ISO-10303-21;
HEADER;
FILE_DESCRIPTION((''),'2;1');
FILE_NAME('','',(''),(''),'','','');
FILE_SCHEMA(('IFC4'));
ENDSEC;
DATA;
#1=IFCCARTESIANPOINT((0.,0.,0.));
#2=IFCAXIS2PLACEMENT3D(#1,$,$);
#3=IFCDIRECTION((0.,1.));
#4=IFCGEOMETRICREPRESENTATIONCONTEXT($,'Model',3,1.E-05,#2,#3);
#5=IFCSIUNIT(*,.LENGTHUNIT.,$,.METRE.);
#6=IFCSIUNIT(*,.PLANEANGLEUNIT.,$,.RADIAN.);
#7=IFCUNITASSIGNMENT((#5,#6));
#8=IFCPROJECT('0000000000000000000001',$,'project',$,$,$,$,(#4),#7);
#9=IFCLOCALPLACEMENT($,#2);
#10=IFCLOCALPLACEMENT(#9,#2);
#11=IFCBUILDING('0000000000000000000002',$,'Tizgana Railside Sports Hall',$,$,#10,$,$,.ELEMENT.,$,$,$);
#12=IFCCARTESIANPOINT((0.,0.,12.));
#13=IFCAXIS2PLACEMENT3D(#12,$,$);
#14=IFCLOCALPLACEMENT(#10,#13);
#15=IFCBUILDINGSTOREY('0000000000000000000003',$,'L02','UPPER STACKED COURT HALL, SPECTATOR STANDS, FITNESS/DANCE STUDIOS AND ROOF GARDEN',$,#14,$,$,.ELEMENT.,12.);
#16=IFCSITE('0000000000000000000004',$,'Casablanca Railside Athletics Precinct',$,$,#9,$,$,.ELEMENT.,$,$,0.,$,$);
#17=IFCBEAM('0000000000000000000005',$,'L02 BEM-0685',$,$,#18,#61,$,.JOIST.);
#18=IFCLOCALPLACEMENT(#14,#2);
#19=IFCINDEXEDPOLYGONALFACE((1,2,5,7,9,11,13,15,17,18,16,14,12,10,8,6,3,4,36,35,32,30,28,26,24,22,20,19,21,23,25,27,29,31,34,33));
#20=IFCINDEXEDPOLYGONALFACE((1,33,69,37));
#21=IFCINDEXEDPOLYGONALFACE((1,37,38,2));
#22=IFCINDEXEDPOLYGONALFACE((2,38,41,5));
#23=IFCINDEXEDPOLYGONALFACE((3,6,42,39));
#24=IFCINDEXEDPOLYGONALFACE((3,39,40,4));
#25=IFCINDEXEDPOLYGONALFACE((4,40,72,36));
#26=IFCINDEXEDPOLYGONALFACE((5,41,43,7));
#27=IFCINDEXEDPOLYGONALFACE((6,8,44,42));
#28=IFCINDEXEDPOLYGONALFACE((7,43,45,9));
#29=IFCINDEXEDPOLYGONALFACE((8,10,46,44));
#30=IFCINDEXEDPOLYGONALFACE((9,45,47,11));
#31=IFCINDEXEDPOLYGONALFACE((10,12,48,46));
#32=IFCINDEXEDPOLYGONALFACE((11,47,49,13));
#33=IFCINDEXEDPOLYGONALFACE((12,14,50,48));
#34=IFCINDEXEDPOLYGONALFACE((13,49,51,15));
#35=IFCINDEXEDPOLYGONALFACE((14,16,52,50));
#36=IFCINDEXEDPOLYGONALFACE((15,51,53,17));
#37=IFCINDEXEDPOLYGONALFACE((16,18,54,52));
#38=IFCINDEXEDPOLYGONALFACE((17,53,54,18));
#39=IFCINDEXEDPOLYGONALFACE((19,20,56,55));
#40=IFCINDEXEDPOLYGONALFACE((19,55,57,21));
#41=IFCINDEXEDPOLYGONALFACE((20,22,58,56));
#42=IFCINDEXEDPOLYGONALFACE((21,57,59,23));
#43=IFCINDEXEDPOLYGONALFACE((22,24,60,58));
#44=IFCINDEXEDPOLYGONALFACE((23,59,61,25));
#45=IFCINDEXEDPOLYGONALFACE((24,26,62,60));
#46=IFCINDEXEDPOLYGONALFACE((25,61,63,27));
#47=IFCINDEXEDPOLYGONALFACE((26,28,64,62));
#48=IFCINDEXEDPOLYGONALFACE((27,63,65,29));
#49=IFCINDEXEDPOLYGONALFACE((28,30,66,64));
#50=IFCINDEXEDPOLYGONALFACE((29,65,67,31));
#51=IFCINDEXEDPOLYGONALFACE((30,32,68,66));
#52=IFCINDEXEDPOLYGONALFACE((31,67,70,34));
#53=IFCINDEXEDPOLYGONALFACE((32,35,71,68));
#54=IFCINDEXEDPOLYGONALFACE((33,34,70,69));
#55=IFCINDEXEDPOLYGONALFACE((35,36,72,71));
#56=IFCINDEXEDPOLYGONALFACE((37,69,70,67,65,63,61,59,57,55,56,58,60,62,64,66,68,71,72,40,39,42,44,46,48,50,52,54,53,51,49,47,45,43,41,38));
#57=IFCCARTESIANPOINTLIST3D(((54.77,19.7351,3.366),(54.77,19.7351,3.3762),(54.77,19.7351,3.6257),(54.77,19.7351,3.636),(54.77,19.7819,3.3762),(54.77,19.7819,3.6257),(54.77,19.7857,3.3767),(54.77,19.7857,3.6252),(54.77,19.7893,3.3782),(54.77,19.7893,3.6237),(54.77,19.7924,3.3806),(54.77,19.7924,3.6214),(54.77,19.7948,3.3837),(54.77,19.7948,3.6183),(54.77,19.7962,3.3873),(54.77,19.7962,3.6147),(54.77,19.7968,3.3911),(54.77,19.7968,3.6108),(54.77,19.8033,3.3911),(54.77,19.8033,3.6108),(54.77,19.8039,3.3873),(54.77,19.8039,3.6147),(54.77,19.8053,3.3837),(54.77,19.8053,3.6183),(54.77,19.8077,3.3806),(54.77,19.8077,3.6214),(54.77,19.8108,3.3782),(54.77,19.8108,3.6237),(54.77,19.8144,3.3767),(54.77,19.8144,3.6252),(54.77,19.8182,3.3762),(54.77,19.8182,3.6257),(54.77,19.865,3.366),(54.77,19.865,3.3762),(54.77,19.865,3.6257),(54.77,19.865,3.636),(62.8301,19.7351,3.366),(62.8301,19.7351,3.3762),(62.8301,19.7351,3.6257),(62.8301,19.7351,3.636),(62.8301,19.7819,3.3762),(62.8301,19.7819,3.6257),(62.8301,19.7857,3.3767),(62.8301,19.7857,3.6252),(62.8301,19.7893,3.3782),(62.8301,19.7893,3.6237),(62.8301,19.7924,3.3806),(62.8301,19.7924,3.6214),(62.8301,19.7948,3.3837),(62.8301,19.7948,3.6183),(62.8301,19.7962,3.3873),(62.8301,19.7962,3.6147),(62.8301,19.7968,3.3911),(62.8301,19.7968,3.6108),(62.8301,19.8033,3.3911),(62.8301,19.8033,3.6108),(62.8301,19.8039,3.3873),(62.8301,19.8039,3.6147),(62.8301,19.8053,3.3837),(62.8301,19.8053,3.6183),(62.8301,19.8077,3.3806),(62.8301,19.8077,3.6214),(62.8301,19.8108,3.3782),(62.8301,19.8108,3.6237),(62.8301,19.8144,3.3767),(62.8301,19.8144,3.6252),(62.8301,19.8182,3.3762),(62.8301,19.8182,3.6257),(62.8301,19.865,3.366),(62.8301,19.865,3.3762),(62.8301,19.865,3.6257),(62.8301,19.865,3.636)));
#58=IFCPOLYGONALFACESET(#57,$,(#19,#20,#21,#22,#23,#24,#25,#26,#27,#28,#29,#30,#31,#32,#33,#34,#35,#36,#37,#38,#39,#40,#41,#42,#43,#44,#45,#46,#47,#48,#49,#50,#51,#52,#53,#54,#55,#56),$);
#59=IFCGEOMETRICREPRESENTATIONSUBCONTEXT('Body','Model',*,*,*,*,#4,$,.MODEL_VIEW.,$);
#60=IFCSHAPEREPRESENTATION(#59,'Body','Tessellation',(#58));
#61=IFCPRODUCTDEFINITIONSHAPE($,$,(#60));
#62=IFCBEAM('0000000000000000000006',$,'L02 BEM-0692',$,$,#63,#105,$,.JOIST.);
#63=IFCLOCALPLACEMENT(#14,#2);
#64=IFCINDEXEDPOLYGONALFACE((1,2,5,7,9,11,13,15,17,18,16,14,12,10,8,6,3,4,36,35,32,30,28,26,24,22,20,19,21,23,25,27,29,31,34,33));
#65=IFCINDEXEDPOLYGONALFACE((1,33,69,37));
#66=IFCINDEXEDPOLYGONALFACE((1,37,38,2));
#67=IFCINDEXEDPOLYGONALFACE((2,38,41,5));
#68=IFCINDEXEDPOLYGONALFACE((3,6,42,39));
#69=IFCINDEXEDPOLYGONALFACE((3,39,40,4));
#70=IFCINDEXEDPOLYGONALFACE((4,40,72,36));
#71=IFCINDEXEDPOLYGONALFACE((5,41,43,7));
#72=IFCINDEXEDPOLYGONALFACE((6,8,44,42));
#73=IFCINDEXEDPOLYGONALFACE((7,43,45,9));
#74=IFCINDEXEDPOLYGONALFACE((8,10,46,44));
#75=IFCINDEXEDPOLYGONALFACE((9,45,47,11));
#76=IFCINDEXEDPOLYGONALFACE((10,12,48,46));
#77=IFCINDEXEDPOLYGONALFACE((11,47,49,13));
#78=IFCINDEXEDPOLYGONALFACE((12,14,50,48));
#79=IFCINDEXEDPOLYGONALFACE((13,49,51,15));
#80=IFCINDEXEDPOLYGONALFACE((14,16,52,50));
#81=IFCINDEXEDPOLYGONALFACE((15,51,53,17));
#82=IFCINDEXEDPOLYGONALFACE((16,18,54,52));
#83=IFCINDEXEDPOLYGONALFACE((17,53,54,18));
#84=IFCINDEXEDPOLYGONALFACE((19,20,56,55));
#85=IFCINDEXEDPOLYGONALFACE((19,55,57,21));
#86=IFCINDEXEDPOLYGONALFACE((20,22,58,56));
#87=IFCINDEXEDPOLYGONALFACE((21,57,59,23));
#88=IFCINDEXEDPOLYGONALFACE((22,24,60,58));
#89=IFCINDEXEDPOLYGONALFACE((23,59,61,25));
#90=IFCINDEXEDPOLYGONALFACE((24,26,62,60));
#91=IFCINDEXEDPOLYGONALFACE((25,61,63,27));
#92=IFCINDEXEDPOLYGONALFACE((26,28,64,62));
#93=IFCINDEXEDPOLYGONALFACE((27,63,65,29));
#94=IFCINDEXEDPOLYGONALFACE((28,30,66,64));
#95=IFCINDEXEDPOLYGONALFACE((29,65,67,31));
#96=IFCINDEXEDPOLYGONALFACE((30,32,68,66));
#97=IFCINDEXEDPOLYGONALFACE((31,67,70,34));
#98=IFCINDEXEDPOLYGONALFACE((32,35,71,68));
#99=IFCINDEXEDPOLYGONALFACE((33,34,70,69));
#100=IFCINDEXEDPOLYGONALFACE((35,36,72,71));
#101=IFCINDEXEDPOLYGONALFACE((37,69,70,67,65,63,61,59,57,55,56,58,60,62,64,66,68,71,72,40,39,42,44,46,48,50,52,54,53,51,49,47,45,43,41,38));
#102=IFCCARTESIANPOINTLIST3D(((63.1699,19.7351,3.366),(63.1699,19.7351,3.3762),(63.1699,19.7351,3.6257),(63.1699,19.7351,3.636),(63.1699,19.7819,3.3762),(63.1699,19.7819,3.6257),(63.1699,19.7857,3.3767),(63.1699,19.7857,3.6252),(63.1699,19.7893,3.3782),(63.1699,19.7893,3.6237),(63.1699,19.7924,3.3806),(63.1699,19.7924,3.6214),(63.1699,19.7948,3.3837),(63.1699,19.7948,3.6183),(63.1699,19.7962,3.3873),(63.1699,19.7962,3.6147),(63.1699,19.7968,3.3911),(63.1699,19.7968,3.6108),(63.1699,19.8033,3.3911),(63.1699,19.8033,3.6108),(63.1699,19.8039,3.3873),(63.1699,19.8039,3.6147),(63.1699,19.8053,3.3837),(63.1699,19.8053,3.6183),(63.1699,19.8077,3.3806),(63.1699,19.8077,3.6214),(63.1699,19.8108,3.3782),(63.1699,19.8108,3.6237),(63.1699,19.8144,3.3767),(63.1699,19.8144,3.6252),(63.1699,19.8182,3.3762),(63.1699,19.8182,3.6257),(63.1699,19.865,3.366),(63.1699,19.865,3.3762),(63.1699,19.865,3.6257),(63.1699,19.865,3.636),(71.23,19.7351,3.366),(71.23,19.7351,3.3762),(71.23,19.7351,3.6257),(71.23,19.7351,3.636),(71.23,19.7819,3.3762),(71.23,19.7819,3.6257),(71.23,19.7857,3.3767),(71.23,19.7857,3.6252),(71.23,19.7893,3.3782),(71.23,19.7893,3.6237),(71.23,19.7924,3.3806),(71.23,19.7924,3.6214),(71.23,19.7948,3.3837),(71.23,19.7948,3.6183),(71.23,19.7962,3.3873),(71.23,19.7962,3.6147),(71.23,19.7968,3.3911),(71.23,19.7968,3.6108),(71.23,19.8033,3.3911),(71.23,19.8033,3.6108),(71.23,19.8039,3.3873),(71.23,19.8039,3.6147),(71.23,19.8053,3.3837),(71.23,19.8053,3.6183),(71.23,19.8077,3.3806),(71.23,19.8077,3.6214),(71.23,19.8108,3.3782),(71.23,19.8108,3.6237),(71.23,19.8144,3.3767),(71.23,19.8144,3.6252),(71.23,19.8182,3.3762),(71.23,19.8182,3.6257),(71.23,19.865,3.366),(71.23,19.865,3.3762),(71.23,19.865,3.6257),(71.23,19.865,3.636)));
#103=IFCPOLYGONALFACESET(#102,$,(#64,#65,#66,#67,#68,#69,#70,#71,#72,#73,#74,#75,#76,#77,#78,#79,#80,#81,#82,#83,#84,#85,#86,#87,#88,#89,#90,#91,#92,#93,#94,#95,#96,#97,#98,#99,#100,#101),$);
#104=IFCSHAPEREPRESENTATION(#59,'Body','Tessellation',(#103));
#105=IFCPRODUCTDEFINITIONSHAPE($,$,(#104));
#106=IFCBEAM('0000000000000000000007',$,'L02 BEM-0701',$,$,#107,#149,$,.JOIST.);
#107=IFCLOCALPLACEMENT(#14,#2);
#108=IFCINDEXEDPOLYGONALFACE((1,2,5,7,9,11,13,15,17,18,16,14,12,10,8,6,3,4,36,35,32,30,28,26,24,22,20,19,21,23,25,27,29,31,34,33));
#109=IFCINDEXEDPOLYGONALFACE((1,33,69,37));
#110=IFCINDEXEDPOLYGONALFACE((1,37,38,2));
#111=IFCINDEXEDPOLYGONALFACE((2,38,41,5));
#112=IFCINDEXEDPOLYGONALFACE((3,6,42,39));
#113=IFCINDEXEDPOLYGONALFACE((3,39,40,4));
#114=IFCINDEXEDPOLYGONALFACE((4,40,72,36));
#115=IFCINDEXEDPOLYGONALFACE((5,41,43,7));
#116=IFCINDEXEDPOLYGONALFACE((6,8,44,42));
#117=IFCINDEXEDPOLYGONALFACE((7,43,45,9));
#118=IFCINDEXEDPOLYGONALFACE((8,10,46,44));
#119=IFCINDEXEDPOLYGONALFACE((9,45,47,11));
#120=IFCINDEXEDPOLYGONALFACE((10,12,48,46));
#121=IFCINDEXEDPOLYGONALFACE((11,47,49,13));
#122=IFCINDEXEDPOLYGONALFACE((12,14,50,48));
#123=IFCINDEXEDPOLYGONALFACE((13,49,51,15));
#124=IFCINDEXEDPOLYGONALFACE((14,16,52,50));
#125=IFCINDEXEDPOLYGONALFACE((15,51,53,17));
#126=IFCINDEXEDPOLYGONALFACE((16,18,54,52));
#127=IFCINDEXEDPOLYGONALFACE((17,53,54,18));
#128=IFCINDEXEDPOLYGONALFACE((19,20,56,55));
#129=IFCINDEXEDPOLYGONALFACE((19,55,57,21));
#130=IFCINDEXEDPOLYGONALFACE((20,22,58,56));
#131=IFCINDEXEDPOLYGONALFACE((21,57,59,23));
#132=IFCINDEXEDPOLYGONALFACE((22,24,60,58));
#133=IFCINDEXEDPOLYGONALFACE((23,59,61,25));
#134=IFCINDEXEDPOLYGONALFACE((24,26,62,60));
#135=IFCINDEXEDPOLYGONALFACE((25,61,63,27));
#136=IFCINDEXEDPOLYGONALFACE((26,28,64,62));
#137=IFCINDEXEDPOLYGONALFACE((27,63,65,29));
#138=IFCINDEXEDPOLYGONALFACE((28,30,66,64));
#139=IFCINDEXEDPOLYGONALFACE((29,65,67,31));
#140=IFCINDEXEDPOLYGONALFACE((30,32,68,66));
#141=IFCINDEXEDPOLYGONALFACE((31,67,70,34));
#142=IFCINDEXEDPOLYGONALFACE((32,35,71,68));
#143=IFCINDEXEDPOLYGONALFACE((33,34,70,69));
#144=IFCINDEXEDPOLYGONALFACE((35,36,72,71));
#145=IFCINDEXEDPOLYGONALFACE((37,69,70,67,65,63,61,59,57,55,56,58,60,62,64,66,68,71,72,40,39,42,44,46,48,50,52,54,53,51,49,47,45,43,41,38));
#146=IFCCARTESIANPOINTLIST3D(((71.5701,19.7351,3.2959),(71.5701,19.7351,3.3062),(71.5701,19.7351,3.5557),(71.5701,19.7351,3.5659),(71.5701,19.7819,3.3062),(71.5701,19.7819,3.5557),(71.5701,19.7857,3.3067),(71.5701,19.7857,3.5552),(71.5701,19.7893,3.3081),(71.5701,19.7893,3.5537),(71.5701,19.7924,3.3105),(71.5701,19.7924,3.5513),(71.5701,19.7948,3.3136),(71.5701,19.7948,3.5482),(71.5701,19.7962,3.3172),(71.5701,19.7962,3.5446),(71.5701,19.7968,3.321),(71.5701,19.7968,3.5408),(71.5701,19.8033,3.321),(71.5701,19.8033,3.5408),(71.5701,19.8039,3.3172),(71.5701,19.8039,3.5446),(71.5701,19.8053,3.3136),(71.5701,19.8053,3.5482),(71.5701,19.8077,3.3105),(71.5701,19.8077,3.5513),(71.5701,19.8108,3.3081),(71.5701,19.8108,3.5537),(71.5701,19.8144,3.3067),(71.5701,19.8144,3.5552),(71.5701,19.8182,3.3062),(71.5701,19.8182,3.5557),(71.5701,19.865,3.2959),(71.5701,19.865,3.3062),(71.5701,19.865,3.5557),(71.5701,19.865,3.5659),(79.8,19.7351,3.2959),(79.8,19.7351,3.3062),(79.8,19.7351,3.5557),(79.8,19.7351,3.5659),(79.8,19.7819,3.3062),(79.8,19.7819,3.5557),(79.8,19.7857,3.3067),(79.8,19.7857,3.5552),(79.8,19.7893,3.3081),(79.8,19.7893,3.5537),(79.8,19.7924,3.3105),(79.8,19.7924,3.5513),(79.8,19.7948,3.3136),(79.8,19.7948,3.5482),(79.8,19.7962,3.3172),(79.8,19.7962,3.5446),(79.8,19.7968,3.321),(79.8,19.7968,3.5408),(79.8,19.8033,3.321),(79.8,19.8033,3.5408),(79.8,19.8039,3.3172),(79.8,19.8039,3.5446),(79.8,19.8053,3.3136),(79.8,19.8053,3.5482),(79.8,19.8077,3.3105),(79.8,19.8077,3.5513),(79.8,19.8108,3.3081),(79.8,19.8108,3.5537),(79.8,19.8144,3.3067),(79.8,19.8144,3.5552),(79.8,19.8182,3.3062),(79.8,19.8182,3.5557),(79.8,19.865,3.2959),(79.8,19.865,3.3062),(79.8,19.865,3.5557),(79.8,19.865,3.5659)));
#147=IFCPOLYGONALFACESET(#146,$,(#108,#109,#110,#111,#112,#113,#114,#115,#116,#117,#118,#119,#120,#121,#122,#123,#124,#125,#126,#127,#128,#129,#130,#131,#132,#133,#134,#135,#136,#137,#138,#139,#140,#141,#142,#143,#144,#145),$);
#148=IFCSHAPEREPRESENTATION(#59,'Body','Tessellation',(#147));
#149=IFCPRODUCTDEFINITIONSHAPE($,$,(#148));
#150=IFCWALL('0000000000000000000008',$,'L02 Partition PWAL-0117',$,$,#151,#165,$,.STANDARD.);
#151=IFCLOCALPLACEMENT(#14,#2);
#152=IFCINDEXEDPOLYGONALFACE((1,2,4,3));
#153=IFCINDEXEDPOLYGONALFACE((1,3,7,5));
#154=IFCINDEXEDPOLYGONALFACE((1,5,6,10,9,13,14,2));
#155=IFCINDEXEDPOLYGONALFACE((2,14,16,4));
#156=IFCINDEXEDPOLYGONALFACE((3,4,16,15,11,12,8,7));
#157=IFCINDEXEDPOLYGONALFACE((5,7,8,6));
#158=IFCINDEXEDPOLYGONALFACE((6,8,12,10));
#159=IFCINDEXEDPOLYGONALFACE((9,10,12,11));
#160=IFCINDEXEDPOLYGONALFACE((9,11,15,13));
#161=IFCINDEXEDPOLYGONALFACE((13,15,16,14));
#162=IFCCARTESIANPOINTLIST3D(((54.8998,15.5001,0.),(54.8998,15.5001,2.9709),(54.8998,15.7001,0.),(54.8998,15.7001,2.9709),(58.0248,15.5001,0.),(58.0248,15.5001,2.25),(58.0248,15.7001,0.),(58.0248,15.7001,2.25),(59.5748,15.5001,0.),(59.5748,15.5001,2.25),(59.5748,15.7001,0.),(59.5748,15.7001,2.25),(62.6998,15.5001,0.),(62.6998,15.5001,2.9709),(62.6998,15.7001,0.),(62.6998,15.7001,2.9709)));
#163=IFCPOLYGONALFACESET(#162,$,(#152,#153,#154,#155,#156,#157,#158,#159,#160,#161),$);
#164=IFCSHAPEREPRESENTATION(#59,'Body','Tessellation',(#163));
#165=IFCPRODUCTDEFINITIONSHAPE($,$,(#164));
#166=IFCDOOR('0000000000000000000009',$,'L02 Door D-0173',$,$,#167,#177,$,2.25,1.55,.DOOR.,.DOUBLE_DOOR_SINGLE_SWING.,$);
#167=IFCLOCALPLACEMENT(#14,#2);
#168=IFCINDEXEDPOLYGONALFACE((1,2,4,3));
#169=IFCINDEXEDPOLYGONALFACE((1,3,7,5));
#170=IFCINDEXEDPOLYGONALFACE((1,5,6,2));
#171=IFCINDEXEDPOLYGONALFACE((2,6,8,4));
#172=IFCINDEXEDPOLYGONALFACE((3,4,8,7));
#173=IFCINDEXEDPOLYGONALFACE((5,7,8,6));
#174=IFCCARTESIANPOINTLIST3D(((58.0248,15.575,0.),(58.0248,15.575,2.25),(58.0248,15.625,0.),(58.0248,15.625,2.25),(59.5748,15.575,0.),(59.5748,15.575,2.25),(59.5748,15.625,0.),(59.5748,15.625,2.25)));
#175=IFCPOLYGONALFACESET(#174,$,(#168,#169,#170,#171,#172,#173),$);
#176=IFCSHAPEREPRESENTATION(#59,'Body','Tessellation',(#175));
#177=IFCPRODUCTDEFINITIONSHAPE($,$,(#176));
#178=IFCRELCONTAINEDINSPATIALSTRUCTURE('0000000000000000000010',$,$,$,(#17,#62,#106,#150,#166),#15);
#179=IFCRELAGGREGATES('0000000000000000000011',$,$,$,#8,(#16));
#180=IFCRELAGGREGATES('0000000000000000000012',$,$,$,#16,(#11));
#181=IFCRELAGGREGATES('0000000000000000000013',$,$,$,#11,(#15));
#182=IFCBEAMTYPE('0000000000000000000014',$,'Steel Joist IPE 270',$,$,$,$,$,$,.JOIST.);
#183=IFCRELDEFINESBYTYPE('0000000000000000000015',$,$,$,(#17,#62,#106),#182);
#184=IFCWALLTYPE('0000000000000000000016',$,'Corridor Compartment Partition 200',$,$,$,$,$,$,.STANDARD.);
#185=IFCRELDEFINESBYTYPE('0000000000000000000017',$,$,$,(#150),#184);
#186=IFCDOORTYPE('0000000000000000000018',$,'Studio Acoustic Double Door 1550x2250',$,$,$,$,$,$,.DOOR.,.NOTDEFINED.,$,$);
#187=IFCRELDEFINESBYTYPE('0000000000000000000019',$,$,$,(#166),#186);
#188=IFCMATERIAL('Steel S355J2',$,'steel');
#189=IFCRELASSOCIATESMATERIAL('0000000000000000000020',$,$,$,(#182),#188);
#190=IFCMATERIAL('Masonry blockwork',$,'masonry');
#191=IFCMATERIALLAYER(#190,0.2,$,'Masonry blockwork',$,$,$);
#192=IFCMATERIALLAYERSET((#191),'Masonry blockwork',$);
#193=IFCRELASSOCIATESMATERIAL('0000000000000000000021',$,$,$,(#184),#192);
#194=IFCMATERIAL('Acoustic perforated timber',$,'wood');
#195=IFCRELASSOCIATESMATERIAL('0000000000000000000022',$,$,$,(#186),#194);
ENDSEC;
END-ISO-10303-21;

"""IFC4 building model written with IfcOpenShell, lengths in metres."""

from ifc_helpers import new_model, si_unit, direction, frame, frame_2d, origin, origin_2d, place, context, subcontext, project, spatial, rectangle, i_section, extrude, material, layer, layer_set, material_profile, profile_set, type_object, element, fill, save


model = new_model("IFC4")

# Units and contexts
model_context = context("Model", 3, precision=1e-05, world=origin(), true_north=direction((0.0, 1.0)))
body_context = subcontext(model_context, "Body", "Model", "MODEL_VIEW")
ifc_project = project(units=[si_unit("LENGTHUNIT", "METRE"), si_unit("PLANEANGLEUNIT", "RADIAN")], contexts=[model_context])

# Site, building, storey
site_placement = place(None, origin())
site = spatial("IfcSite", under=ifc_project, at=site_placement, Name="Casablanca Railside Athletics Precinct", CompositionType="ELEMENT", RefElevation=0.0)
building_placement = place(site_placement, origin())
building = spatial("IfcBuilding", under=site, at=building_placement, Name="Tizgana Railside Sports Hall", CompositionType="ELEMENT")
storey_placement = place(building_placement, frame((0.0, 0.0, 12.0)))
storey = spatial("IfcBuildingStorey", under=building, at=storey_placement, Name="L02", Description="UPPER STACKED COURT HALL, SPECTATOR STANDS, FITNESS/DANCE STUDIOS AND ROOF GARDEN", CompositionType="ELEMENT", Elevation=12.0)

# Shared definitions
ifc_material_1 = material(Name="Steel S355J2", Category="steel")

# Beams
ifc_material_profile_1 = material_profile(ifc_material_1, i_section(OverallWidth=0.1299, OverallDepth=0.27, WebThickness=0.0066, FlangeThickness=0.0103, FilletRadius=0.0149, at=origin_2d()), Name="IPE 270")
ifc_profile_set_1 = profile_set([ifc_material_profile_1], Name="Steel S355J2")
beam_type_1 = type_object("IfcBeamType", Name="Steel Joist IPE 270", PredefinedType="JOIST", material=ifc_profile_set_1)
for number, where, z_axis, x_axis, name in (
    (1, (54.77, 19.8, 3.501), (1.0, 0.0, 0.0), (0.0, 1.0, 0.0), "L02 BEM-0685"),
    (2, (63.1699, 19.8, 3.501), (1.0, 0.0, 0.0), (0.0, 1.0, 0.0), "L02 BEM-0692"),
):
    element("IfcBeam", number, at=place(storey_placement, frame(where, z_axis=z_axis, x_axis=x_axis)), inside=storey, type_object=beam_type_1, Name=name, PredefinedType="JOIST", context=body_context, shape_type="SweptSolid", body=[
        extrude(i_section(OverallWidth=0.1299, OverallDepth=0.27, WebThickness=0.0066, FlangeThickness=0.0103, FilletRadius=0.0149, at=origin_2d()), origin(), (0.0, 0.0, 1.0), 8.0601),
    ])
beam_1_placement = place(storey_placement, frame((71.5701, 19.8, 3.4309), z_axis=(1.0, 0.0, 0.0), x_axis=(0.0, 1.0, 0.0)))
element("IfcBeam", 3, at=beam_1_placement, inside=storey, type_object=beam_type_1, Name="L02 BEM-0701", PredefinedType="JOIST", context=body_context, shape_type="SweptSolid", body=[
    extrude(i_section(OverallWidth=0.1299, OverallDepth=0.27, WebThickness=0.0066, FlangeThickness=0.0103, FilletRadius=0.0149, at=origin_2d()), origin(), (0.0, 0.0, 1.0), 8.23),
])

# Wall, opening, door
ifc_material_2 = material(Name="Masonry blockwork", Category="masonry")
ifc_layer_1 = layer(ifc_material_2, 0.2, Name="Masonry blockwork")
ifc_layer_set_1 = layer_set([ifc_layer_1], Name="Masonry blockwork")
wall_type_1 = type_object("IfcWallType", Name="Corridor Compartment Partition 200", PredefinedType="STANDARD", material=ifc_layer_set_1)
wall_1_placement = place(storey_placement, frame((54.8999, 15.6001, 0.0), z_axis=(0.0, 0.0, 1.0), x_axis=(1.0, 0.0, 0.0)))
wall_1 = element("IfcWall", 4, at=wall_1_placement, inside=storey, type_object=wall_type_1, Name="L02 Partition PWAL-0117", PredefinedType="STANDARD", context=body_context, shape_type="SweptSolid", body=[
    extrude(rectangle(XDim=7.8, YDim=0.2, at=frame_2d((3.8999, 0.0))), origin(), (0.0, 0.0, 1.0), 2.9709),
])
opening_1_placement = place(wall_1_placement, frame((3.125, 0.0, 0.0)))
opening_1 = element("IfcOpeningElement", 5, at=opening_1_placement, cuts=wall_1, PredefinedType="OPENING", context=body_context, shape_type="SweptSolid", body=[
    extrude(rectangle(XDim=1.55, YDim=2.25, at=frame_2d((0.7749, 1.125))), frame((0.0, 0.1099, 0.0), z_axis=(0.0, -1.0, 0.0), x_axis=(1.0, 0.0, 0.0)), (0.0, 0.0, 1.0), 0.22),
])
ifc_material_3 = material(Name="Acoustic perforated timber", Category="wood")
door_type_1 = type_object("IfcDoorType", Name="Studio Acoustic Double Door 1550x2250", OperationType="NOTDEFINED", PredefinedType="DOOR", material=ifc_material_3)
door_1_placement = place(opening_1_placement, origin())
door_1 = element("IfcDoor", 6, at=door_1_placement, inside=storey, type_object=door_type_1, Name="L02 Door D-0173", OperationType="DOUBLE_DOOR_SINGLE_SWING", OverallHeight=2.25, OverallWidth=1.55, PredefinedType="DOOR", context=body_context, shape_type="SweptSolid", body=[
    extrude(rectangle(XDim=1.55, YDim=2.25, at=frame_2d((0.7749, 1.125))), frame((0.0, 0.0249, 0.0), z_axis=(0.0, -1.0, 0.0), x_axis=(1.0, 0.0, 0.0)), (0.0, 0.0, 1.0), 0.05),
])
fill(opening_1, door_1)

save(model, "model.ifc")
